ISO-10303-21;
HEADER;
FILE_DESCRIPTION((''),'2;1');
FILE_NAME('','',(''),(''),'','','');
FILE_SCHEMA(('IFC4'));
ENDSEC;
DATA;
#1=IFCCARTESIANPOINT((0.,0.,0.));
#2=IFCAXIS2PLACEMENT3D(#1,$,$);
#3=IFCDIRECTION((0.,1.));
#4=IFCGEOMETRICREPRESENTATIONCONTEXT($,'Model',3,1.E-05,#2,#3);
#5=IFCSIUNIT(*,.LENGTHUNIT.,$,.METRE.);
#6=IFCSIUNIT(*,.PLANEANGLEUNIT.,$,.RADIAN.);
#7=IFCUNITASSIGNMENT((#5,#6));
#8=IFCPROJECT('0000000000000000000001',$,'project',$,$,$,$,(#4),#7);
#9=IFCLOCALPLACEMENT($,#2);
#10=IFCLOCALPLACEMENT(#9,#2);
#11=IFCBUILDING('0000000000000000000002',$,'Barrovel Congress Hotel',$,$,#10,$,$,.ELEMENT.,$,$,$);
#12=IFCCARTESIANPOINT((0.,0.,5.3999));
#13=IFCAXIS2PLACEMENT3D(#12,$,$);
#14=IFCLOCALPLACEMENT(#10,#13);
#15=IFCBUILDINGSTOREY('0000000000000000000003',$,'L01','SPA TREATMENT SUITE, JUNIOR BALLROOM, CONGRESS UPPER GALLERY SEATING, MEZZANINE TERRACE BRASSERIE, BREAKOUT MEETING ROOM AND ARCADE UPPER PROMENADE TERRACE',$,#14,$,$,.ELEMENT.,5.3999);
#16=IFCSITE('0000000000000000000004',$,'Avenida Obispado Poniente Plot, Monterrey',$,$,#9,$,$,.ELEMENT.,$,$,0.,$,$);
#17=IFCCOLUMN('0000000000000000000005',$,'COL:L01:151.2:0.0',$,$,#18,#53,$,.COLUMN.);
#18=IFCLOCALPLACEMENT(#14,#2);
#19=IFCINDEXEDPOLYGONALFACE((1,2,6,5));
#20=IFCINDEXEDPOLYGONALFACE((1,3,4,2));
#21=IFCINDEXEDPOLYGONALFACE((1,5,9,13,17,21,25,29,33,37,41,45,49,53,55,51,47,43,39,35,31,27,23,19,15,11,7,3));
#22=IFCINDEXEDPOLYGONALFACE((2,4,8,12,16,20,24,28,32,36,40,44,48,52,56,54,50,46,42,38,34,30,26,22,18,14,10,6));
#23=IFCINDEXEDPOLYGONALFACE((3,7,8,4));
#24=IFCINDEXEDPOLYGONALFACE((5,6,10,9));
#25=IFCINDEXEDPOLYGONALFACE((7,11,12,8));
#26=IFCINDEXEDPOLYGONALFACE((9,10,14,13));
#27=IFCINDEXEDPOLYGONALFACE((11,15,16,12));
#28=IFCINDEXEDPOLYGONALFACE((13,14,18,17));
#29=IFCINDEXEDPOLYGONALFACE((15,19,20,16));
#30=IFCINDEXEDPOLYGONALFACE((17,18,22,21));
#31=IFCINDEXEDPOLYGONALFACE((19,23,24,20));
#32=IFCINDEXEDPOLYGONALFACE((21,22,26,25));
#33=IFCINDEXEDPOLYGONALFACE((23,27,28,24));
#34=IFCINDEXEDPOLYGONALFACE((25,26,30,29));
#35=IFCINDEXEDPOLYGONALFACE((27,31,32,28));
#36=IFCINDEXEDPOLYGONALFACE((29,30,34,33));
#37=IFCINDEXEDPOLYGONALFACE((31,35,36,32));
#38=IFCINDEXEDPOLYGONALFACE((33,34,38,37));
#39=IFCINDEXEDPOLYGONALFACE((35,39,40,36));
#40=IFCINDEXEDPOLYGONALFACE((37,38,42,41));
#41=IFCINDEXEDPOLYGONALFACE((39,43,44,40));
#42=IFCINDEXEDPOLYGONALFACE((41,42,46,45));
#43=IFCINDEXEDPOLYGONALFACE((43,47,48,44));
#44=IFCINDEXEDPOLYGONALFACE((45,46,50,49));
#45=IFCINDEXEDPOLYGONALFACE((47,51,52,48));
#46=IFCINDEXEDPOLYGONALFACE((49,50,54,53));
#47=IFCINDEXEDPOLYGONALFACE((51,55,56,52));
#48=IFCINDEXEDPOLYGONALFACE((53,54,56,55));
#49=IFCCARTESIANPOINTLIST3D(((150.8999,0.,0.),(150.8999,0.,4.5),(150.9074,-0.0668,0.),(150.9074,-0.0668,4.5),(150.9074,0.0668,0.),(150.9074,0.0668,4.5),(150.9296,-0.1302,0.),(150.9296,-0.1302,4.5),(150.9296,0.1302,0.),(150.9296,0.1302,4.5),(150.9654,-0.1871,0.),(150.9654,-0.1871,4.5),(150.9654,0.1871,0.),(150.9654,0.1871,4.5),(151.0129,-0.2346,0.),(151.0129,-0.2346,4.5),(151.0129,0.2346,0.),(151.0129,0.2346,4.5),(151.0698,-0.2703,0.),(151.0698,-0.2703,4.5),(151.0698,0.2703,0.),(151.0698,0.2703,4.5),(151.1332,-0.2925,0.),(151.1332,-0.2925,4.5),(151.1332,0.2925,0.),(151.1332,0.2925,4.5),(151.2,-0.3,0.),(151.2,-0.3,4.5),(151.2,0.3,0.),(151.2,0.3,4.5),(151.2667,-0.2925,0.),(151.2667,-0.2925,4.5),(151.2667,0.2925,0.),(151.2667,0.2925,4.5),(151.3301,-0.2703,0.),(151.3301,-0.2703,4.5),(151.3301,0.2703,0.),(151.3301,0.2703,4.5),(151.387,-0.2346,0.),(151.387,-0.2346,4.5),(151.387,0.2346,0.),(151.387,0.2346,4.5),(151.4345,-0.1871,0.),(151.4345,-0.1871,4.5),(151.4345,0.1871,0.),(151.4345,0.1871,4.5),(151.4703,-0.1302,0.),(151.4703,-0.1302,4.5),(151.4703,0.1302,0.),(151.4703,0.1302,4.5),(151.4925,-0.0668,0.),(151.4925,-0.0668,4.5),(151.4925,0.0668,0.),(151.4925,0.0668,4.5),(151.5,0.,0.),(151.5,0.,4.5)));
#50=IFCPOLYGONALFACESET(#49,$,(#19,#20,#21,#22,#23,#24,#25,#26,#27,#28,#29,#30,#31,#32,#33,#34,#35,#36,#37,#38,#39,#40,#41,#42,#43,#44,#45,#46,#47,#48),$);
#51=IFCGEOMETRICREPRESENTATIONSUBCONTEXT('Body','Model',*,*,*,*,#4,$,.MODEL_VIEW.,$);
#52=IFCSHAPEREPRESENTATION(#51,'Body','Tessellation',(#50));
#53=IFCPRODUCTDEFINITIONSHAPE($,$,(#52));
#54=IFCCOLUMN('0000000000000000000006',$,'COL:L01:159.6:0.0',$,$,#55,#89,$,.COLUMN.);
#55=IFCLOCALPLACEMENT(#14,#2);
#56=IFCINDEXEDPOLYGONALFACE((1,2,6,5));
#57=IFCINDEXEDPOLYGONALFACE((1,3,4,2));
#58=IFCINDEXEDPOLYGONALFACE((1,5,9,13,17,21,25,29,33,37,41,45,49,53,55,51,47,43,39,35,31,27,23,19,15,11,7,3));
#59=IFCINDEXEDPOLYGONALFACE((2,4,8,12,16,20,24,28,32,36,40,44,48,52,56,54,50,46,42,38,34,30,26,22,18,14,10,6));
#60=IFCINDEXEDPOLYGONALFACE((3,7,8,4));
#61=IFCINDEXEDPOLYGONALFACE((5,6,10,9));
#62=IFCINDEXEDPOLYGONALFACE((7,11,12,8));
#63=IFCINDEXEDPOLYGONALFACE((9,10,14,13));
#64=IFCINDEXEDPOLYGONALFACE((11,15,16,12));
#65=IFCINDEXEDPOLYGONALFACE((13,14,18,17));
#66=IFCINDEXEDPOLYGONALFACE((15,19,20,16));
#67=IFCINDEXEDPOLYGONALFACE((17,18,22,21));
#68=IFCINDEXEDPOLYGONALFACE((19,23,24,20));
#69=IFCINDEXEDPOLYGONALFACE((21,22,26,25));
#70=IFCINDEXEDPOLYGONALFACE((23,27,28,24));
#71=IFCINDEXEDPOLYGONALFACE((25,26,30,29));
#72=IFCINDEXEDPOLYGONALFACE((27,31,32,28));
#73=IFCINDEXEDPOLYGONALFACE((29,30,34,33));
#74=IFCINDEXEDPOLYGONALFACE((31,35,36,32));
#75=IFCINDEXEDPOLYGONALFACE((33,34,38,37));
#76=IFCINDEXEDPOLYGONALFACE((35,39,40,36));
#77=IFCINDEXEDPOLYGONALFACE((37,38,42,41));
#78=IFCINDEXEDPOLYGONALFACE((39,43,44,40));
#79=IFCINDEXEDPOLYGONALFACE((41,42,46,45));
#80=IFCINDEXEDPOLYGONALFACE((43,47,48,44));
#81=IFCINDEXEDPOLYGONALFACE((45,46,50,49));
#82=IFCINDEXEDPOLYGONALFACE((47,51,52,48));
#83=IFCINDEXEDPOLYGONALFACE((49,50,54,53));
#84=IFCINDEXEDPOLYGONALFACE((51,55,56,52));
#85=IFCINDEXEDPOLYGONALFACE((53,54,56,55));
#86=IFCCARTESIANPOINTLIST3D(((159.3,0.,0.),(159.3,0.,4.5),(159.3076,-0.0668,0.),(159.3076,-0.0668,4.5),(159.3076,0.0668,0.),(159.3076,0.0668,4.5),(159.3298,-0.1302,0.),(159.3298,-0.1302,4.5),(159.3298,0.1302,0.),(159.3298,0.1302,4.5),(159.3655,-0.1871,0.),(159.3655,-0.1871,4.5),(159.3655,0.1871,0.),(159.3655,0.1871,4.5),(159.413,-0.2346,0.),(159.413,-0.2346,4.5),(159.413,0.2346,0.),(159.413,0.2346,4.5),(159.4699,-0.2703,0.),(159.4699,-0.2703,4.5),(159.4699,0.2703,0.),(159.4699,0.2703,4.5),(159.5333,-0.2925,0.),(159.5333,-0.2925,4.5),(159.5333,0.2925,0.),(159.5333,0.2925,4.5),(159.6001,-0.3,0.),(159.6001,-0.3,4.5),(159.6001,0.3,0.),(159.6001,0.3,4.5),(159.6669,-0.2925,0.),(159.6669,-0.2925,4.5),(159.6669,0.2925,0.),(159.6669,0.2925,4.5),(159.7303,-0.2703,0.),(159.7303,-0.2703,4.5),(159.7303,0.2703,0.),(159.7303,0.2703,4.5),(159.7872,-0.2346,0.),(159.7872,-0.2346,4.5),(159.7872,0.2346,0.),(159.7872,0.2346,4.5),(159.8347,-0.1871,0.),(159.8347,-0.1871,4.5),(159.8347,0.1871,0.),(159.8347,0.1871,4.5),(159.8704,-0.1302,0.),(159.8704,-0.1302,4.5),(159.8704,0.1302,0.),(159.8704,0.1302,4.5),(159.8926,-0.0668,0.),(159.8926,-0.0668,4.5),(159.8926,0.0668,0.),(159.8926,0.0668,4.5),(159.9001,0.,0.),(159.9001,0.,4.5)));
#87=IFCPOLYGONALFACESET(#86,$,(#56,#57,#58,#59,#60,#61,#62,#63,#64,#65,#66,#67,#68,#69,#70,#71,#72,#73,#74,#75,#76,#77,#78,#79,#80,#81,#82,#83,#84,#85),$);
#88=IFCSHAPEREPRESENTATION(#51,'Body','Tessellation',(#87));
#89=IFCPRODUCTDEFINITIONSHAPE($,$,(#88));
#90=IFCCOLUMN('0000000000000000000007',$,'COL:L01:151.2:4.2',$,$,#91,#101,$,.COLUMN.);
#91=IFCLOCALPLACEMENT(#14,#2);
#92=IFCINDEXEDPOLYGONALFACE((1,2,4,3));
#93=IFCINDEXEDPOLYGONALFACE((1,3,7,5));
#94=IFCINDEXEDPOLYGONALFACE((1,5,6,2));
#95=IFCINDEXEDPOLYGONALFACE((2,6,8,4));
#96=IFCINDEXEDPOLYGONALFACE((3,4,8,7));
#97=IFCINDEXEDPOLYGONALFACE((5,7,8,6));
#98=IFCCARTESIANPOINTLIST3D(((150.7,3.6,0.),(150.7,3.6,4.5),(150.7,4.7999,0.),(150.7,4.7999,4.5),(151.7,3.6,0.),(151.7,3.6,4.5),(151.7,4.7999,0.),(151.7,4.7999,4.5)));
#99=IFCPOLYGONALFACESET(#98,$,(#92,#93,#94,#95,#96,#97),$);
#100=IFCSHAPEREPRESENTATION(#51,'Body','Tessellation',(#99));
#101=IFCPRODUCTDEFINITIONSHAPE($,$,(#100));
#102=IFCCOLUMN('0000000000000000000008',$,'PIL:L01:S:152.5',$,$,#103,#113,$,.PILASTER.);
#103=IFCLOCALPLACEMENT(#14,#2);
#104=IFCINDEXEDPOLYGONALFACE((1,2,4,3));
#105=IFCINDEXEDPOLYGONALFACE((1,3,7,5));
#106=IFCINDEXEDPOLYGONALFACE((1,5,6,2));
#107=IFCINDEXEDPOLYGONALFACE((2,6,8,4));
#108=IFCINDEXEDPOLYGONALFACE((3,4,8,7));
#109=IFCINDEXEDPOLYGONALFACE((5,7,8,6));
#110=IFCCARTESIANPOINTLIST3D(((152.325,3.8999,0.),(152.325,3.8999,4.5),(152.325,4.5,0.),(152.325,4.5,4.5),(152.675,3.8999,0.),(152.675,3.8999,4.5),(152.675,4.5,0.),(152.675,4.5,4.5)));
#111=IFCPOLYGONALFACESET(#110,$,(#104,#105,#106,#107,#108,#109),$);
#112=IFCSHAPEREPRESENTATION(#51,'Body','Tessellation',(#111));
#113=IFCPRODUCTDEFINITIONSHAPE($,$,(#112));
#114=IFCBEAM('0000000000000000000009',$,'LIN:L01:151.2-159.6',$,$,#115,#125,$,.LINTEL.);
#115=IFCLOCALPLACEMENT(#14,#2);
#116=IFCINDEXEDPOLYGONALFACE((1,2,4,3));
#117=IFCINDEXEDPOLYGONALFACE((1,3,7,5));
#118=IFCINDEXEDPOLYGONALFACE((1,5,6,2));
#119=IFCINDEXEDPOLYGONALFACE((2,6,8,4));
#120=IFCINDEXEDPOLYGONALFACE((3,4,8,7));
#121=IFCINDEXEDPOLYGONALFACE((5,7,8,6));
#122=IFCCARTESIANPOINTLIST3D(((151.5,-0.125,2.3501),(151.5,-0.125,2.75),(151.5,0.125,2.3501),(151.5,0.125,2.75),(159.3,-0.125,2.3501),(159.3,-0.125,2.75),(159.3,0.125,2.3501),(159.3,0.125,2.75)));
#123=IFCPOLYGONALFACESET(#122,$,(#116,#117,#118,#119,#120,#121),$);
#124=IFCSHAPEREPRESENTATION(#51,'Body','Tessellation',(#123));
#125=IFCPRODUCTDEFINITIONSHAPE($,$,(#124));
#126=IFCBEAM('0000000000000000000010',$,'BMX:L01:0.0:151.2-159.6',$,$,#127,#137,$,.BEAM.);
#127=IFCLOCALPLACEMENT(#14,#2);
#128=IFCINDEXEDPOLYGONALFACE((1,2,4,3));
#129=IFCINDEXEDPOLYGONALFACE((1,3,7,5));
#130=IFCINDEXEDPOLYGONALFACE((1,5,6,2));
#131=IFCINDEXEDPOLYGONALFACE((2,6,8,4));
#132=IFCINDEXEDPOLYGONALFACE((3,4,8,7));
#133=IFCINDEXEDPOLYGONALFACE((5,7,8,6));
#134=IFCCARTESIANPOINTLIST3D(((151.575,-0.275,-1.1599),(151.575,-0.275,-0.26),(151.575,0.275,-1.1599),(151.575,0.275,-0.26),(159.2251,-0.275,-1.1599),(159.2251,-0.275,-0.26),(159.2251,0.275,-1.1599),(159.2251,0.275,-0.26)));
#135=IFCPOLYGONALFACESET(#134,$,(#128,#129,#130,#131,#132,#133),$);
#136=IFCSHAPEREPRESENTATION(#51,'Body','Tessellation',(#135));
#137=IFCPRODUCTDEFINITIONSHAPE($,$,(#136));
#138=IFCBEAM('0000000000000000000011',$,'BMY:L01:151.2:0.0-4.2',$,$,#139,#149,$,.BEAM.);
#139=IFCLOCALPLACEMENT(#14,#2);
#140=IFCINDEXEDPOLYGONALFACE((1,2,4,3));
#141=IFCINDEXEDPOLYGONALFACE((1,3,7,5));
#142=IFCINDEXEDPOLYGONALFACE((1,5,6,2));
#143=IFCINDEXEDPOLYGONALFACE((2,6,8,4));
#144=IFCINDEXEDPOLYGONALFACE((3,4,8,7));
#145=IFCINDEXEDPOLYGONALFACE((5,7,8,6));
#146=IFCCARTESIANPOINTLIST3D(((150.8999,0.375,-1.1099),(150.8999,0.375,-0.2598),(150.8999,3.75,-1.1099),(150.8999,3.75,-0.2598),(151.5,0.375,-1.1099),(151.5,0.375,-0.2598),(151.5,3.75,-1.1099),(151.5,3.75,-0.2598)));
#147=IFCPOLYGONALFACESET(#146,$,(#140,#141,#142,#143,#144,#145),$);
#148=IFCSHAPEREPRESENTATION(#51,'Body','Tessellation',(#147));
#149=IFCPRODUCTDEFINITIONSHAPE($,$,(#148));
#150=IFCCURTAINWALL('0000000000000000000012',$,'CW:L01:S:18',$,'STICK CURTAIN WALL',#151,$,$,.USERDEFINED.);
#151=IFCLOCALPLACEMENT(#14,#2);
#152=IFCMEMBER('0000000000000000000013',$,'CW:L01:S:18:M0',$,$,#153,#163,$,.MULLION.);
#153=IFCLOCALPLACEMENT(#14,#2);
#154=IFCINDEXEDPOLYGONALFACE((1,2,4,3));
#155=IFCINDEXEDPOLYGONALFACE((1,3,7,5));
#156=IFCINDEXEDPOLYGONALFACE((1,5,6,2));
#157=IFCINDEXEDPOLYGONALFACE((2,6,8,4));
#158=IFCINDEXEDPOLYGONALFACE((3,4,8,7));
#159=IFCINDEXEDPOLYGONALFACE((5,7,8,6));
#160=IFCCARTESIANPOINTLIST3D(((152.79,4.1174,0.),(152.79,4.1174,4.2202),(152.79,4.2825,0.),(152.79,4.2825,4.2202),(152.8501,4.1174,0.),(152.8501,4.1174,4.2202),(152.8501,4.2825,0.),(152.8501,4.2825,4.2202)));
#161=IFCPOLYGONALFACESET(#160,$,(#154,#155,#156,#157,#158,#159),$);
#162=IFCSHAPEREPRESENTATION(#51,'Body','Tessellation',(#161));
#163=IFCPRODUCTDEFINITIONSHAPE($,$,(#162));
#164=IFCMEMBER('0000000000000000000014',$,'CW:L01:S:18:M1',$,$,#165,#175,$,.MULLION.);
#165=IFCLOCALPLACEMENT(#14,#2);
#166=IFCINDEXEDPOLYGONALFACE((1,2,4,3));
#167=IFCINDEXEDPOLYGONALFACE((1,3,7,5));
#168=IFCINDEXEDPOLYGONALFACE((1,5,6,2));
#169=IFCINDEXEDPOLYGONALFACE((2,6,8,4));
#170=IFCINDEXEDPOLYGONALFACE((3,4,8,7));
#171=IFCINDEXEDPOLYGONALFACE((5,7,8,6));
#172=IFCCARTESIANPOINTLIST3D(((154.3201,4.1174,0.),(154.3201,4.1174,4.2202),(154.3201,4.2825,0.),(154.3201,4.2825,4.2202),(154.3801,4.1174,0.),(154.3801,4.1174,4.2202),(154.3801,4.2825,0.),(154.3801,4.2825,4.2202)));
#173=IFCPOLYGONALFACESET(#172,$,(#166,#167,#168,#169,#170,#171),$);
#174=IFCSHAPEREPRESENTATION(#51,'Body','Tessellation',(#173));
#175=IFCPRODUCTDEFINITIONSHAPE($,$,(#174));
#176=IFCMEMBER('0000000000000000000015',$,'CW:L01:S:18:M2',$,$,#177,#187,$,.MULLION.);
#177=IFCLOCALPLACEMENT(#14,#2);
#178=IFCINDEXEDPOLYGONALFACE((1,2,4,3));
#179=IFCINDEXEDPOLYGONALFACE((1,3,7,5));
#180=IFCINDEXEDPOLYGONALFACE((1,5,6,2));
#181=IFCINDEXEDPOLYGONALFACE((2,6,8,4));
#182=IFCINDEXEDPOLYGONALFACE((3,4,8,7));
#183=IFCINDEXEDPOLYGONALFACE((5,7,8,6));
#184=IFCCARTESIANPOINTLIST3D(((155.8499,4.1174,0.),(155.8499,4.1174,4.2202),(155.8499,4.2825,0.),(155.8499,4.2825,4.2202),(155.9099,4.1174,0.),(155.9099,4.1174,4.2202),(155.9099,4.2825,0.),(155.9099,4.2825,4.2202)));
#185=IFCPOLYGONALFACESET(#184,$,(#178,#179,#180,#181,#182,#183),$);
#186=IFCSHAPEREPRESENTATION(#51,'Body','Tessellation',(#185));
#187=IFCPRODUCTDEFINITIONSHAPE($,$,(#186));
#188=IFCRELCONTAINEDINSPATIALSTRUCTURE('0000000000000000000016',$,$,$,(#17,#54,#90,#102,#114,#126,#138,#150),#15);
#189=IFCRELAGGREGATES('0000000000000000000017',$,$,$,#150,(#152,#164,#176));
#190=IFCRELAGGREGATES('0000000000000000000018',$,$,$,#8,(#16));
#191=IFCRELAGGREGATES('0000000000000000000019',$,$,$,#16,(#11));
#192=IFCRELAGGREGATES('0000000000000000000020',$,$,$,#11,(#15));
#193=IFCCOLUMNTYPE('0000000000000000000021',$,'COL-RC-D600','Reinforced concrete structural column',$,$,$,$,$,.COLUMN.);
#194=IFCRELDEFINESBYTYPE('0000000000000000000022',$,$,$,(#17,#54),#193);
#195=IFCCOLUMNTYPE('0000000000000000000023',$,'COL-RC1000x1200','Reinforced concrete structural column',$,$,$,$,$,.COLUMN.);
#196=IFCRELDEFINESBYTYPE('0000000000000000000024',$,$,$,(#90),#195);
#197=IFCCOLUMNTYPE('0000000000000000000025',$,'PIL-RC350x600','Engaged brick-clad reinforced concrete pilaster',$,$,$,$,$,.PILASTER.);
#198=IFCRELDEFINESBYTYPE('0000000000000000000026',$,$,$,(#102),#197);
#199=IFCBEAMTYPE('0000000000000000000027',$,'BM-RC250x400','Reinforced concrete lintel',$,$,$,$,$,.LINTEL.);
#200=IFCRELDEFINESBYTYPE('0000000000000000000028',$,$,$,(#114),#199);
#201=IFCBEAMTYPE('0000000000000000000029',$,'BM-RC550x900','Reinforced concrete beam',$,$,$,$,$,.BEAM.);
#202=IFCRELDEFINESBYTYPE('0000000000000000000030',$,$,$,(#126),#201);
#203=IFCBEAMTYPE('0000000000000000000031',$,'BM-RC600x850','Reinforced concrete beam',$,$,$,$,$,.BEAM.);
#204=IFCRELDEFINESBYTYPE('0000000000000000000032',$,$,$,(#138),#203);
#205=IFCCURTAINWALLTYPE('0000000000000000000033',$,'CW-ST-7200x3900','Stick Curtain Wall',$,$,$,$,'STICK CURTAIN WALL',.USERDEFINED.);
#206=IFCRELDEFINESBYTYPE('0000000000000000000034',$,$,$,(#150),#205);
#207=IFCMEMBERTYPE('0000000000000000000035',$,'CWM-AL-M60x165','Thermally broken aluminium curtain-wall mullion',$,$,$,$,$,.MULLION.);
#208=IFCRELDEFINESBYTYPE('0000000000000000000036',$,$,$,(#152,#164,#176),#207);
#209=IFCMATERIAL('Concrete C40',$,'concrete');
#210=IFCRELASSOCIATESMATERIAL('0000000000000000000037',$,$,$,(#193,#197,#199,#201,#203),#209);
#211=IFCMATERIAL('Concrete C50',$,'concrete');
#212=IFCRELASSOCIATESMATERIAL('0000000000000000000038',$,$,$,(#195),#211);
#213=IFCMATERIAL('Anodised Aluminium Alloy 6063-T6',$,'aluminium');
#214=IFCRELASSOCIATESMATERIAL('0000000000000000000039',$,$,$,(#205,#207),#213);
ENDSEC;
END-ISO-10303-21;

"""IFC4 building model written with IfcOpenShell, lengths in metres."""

from ifc_helpers import new_model, si_unit, direction, frame, origin, origin_2d, place, context, subcontext, project, spatial, rectangle, circle, extrude, material, material_profile, profile_set, type_object, element, aggregate, save


model = new_model("IFC4")

# Units and contexts
model_context = context("Model", 3, precision=1e-05, world=origin(), true_north=direction((0.0, 1.0)))
body_context = subcontext(model_context, "Body", "Model", "MODEL_VIEW")
ifc_project = project(units=[si_unit("LENGTHUNIT", "METRE"), si_unit("PLANEANGLEUNIT", "RADIAN")], contexts=[model_context])

# Site, building, storey
site_placement = place(None, origin())
site = spatial("IfcSite", under=ifc_project, at=site_placement, Name="Avenida Obispado Poniente Plot, Monterrey", CompositionType="ELEMENT", RefElevation=0.0)
building_placement = place(site_placement, origin())
building = spatial("IfcBuilding", under=site, at=building_placement, Name="Barrovel Congress Hotel", CompositionType="ELEMENT")
storey_placement = place(building_placement, frame((0.0, 0.0, 5.3999)))
storey = spatial("IfcBuildingStorey", under=building, at=storey_placement, Name="L01", Description="SPA TREATMENT SUITE, JUNIOR BALLROOM, CONGRESS UPPER GALLERY SEATING, MEZZANINE TERRACE BRASSERIE, BREAKOUT MEETING ROOM AND ARCADE UPPER PROMENADE TERRACE", CompositionType="ELEMENT", Elevation=5.3999)

# Columns
ifc_material_1 = material(Name="Concrete C40", Category="concrete")
ifc_material_profile_1 = material_profile(ifc_material_1, circle(Radius=0.3, at=origin_2d()), Name="RC-D600")
ifc_profile_set_1 = profile_set([ifc_material_profile_1], Name="Concrete C40")
column_type_1 = type_object("IfcColumnType", Name="COL-RC-D600", Description="Reinforced concrete structural column", PredefinedType="COLUMN", material=ifc_profile_set_1)
for number, where, z_axis, x_axis, name in (
    (1, (151.2, 0.0, 0.0), (0.0, 0.0, 1.0), (1.0, 0.0, 0.0), "COL:L01:151.2:0.0"),
    (2, (159.6001, 0.0, 0.0), (0.0, 0.0, 1.0), (1.0, 0.0, 0.0), "COL:L01:159.6:0.0"),
):
    element("IfcColumn", number, at=place(storey_placement, frame(where, z_axis=z_axis, x_axis=x_axis)), inside=storey, type_object=column_type_1, Name=name, PredefinedType="COLUMN", context=body_context, shape_type="SweptSolid", body=[
        extrude(circle(Radius=0.3, at=origin_2d()), origin(), (0.0, 0.0, 1.0), 4.5),
    ])
ifc_material_2 = material(Name="Concrete C50", Category="concrete")
ifc_material_profile_2 = material_profile(ifc_material_2, rectangle(XDim=1.0, YDim=1.2, at=origin_2d()), Name="RC1000x1200")
ifc_profile_set_2 = profile_set([ifc_material_profile_2], Name="Concrete C50")
column_type_2 = type_object("IfcColumnType", Name="COL-RC1000x1200", Description="Reinforced concrete structural column", PredefinedType="COLUMN", material=ifc_profile_set_2)
column_1_placement = place(storey_placement, frame((151.2, 4.2, 0.0), z_axis=(0.0, 0.0, 1.0), x_axis=(1.0, 0.0, 0.0)))
element("IfcColumn", 3, at=column_1_placement, inside=storey, type_object=column_type_2, Name="COL:L01:151.2:4.2", PredefinedType="COLUMN", context=body_context, shape_type="SweptSolid", body=[
    extrude(rectangle(XDim=1.0, YDim=1.2, at=origin_2d()), origin(), (0.0, 0.0, 1.0), 4.5),
])
ifc_material_profile_3 = material_profile(ifc_material_1, rectangle(XDim=0.3501, YDim=0.6001, at=origin_2d()), Name="RC350x600")
ifc_profile_set_3 = profile_set([ifc_material_profile_3], Name="Concrete C40")
column_type_3 = type_object("IfcColumnType", Name="PIL-RC350x600", Description="Engaged brick-clad reinforced concrete pilaster", PredefinedType="PILASTER", material=ifc_profile_set_3)
column_2_placement = place(storey_placement, frame((152.5, 4.2, 0.0), z_axis=(0.0, 0.0, 1.0), x_axis=(1.0, 0.0, 0.0)))
element("IfcColumn", 4, at=column_2_placement, inside=storey, type_object=column_type_3, Name="PIL:L01:S:152.5", PredefinedType="PILASTER", context=body_context, shape_type="SweptSolid", body=[
    extrude(rectangle(XDim=0.3501, YDim=0.6001, at=origin_2d()), origin(), (0.0, 0.0, 1.0), 4.5),
])

# Beams
ifc_material_profile_4 = material_profile(ifc_material_1, rectangle(XDim=0.25, YDim=0.3999, at=origin_2d()), Name="RC250x400")
ifc_profile_set_4 = profile_set([ifc_material_profile_4], Name="Concrete C40")
beam_type_1 = type_object("IfcBeamType", Name="BM-RC250x400", Description="Reinforced concrete lintel", PredefinedType="LINTEL", material=ifc_profile_set_4)
beam_1_placement = place(storey_placement, frame((151.5, 0.0, 2.55), z_axis=(1.0, 0.0, 0.0), x_axis=(0.0, 1.0, 0.0)))
element("IfcBeam", 5, at=beam_1_placement, inside=storey, type_object=beam_type_1, Name="LIN:L01:151.2-159.6", PredefinedType="LINTEL", context=body_context, shape_type="SweptSolid", body=[
    extrude(rectangle(XDim=0.25, YDim=0.3999, at=origin_2d()), origin(), (0.0, 0.0, 1.0), 7.8),
])
ifc_material_profile_5 = material_profile(ifc_material_1, rectangle(XDim=0.55, YDim=0.8999, at=origin_2d()), Name="RC550x900")
ifc_profile_set_5 = profile_set([ifc_material_profile_5], Name="Concrete C40")
beam_type_2 = type_object("IfcBeamType", Name="BM-RC550x900", Description="Reinforced concrete beam", PredefinedType="BEAM", material=ifc_profile_set_5)
beam_2_placement = place(storey_placement, frame((151.575, 0.0, -0.71), z_axis=(1.0, 0.0, 0.0), x_axis=(0.0, 1.0, 0.0)))
element("IfcBeam", 6, at=beam_2_placement, inside=storey, type_object=beam_type_2, Name="BMX:L01:0.0:151.2-159.6", PredefinedType="BEAM", context=body_context, shape_type="SweptSolid", body=[
    extrude(rectangle(XDim=0.55, YDim=0.8999, at=origin_2d()), origin(), (0.0, 0.0, 1.0), 7.6501),
])
ifc_material_profile_6 = material_profile(ifc_material_1, rectangle(XDim=0.6001, YDim=0.8501, at=origin_2d()), Name="RC600x850")
ifc_profile_set_6 = profile_set([ifc_material_profile_6], Name="Concrete C40")
beam_type_3 = type_object("IfcBeamType", Name="BM-RC600x850", Description="Reinforced concrete beam", PredefinedType="BEAM", material=ifc_profile_set_6)
beam_3_placement = place(storey_placement, frame((151.2, 0.375, -0.6848), z_axis=(0.0, 1.0, 0.0), x_axis=(-1.0, 0.0, 0.0)))
element("IfcBeam", 7, at=beam_3_placement, inside=storey, type_object=beam_type_3, Name="BMY:L01:151.2:0.0-4.2", PredefinedType="BEAM", context=body_context, shape_type="SweptSolid", body=[
    extrude(rectangle(XDim=0.6001, YDim=0.8501, at=origin_2d()), origin(), (0.0, 0.0, 1.0), 3.375),
])

# Curtain wall, members
ifc_material_3 = material(Name="Anodised Aluminium Alloy 6063-T6", Category="aluminium")
curtain_wall_type = type_object("IfcCurtainWallType", Name="CW-ST-7200x3900", Description="Stick Curtain Wall", ElementType="STICK CURTAIN WALL", PredefinedType="USERDEFINED", material=ifc_material_3)
curtain_wall_placement = place(storey_placement, origin())
curtain_wall = element("IfcCurtainWall", 8, at=curtain_wall_placement, inside=storey, type_object=curtain_wall_type, Name="CW:L01:S:18", ObjectType="STICK CURTAIN WALL", PredefinedType="USERDEFINED")
ifc_material_profile_7 = material_profile(ifc_material_3, rectangle(XDim=0.0601, YDim=0.165, at=origin_2d()), Name="AL-M60x165")
ifc_profile_set_7 = profile_set([ifc_material_profile_7], Name="Anodised Aluminium Alloy 6063-T6")
member_type_1 = type_object("IfcMemberType", Name="CWM-AL-M60x165", Description="Thermally broken aluminium curtain-wall mullion", PredefinedType="MULLION", material=ifc_profile_set_7)
member_1_placement = place(storey_placement, frame((152.8201, 4.2, 0.0), z_axis=(0.0, 0.0, 1.0), x_axis=(1.0, 0.0, 0.0)))
member_1 = element("IfcMember", 9, at=member_1_placement, type_object=member_type_1, Name="CW:L01:S:18:M0", PredefinedType="MULLION", context=body_context, shape_type="SweptSolid", body=[
    extrude(rectangle(XDim=0.0601, YDim=0.165, at=origin_2d()), origin(), (0.0, 0.0, 1.0), 4.2202),
])
member_2_placement = place(storey_placement, frame((154.3501, 4.2, 0.0), z_axis=(0.0, 0.0, 1.0), x_axis=(1.0, 0.0, 0.0)))
member_2 = element("IfcMember", 10, at=member_2_placement, type_object=member_type_1, Name="CW:L01:S:18:M1", PredefinedType="MULLION", context=body_context, shape_type="SweptSolid", body=[
    extrude(rectangle(XDim=0.0601, YDim=0.165, at=origin_2d()), origin(), (0.0, 0.0, 1.0), 4.2202),
])
member_3_placement = place(storey_placement, frame((155.8799, 4.2, 0.0), z_axis=(0.0, 0.0, 1.0), x_axis=(1.0, 0.0, 0.0)))
member_3 = element("IfcMember", 11, at=member_3_placement, type_object=member_type_1, Name="CW:L01:S:18:M2", PredefinedType="MULLION", context=body_context, shape_type="SweptSolid", body=[
    extrude(rectangle(XDim=0.0601, YDim=0.165, at=origin_2d()), origin(), (0.0, 0.0, 1.0), 4.2202),
])

aggregate(curtain_wall, [member_1, member_2, member_3])

save(model, "model.ifc")
